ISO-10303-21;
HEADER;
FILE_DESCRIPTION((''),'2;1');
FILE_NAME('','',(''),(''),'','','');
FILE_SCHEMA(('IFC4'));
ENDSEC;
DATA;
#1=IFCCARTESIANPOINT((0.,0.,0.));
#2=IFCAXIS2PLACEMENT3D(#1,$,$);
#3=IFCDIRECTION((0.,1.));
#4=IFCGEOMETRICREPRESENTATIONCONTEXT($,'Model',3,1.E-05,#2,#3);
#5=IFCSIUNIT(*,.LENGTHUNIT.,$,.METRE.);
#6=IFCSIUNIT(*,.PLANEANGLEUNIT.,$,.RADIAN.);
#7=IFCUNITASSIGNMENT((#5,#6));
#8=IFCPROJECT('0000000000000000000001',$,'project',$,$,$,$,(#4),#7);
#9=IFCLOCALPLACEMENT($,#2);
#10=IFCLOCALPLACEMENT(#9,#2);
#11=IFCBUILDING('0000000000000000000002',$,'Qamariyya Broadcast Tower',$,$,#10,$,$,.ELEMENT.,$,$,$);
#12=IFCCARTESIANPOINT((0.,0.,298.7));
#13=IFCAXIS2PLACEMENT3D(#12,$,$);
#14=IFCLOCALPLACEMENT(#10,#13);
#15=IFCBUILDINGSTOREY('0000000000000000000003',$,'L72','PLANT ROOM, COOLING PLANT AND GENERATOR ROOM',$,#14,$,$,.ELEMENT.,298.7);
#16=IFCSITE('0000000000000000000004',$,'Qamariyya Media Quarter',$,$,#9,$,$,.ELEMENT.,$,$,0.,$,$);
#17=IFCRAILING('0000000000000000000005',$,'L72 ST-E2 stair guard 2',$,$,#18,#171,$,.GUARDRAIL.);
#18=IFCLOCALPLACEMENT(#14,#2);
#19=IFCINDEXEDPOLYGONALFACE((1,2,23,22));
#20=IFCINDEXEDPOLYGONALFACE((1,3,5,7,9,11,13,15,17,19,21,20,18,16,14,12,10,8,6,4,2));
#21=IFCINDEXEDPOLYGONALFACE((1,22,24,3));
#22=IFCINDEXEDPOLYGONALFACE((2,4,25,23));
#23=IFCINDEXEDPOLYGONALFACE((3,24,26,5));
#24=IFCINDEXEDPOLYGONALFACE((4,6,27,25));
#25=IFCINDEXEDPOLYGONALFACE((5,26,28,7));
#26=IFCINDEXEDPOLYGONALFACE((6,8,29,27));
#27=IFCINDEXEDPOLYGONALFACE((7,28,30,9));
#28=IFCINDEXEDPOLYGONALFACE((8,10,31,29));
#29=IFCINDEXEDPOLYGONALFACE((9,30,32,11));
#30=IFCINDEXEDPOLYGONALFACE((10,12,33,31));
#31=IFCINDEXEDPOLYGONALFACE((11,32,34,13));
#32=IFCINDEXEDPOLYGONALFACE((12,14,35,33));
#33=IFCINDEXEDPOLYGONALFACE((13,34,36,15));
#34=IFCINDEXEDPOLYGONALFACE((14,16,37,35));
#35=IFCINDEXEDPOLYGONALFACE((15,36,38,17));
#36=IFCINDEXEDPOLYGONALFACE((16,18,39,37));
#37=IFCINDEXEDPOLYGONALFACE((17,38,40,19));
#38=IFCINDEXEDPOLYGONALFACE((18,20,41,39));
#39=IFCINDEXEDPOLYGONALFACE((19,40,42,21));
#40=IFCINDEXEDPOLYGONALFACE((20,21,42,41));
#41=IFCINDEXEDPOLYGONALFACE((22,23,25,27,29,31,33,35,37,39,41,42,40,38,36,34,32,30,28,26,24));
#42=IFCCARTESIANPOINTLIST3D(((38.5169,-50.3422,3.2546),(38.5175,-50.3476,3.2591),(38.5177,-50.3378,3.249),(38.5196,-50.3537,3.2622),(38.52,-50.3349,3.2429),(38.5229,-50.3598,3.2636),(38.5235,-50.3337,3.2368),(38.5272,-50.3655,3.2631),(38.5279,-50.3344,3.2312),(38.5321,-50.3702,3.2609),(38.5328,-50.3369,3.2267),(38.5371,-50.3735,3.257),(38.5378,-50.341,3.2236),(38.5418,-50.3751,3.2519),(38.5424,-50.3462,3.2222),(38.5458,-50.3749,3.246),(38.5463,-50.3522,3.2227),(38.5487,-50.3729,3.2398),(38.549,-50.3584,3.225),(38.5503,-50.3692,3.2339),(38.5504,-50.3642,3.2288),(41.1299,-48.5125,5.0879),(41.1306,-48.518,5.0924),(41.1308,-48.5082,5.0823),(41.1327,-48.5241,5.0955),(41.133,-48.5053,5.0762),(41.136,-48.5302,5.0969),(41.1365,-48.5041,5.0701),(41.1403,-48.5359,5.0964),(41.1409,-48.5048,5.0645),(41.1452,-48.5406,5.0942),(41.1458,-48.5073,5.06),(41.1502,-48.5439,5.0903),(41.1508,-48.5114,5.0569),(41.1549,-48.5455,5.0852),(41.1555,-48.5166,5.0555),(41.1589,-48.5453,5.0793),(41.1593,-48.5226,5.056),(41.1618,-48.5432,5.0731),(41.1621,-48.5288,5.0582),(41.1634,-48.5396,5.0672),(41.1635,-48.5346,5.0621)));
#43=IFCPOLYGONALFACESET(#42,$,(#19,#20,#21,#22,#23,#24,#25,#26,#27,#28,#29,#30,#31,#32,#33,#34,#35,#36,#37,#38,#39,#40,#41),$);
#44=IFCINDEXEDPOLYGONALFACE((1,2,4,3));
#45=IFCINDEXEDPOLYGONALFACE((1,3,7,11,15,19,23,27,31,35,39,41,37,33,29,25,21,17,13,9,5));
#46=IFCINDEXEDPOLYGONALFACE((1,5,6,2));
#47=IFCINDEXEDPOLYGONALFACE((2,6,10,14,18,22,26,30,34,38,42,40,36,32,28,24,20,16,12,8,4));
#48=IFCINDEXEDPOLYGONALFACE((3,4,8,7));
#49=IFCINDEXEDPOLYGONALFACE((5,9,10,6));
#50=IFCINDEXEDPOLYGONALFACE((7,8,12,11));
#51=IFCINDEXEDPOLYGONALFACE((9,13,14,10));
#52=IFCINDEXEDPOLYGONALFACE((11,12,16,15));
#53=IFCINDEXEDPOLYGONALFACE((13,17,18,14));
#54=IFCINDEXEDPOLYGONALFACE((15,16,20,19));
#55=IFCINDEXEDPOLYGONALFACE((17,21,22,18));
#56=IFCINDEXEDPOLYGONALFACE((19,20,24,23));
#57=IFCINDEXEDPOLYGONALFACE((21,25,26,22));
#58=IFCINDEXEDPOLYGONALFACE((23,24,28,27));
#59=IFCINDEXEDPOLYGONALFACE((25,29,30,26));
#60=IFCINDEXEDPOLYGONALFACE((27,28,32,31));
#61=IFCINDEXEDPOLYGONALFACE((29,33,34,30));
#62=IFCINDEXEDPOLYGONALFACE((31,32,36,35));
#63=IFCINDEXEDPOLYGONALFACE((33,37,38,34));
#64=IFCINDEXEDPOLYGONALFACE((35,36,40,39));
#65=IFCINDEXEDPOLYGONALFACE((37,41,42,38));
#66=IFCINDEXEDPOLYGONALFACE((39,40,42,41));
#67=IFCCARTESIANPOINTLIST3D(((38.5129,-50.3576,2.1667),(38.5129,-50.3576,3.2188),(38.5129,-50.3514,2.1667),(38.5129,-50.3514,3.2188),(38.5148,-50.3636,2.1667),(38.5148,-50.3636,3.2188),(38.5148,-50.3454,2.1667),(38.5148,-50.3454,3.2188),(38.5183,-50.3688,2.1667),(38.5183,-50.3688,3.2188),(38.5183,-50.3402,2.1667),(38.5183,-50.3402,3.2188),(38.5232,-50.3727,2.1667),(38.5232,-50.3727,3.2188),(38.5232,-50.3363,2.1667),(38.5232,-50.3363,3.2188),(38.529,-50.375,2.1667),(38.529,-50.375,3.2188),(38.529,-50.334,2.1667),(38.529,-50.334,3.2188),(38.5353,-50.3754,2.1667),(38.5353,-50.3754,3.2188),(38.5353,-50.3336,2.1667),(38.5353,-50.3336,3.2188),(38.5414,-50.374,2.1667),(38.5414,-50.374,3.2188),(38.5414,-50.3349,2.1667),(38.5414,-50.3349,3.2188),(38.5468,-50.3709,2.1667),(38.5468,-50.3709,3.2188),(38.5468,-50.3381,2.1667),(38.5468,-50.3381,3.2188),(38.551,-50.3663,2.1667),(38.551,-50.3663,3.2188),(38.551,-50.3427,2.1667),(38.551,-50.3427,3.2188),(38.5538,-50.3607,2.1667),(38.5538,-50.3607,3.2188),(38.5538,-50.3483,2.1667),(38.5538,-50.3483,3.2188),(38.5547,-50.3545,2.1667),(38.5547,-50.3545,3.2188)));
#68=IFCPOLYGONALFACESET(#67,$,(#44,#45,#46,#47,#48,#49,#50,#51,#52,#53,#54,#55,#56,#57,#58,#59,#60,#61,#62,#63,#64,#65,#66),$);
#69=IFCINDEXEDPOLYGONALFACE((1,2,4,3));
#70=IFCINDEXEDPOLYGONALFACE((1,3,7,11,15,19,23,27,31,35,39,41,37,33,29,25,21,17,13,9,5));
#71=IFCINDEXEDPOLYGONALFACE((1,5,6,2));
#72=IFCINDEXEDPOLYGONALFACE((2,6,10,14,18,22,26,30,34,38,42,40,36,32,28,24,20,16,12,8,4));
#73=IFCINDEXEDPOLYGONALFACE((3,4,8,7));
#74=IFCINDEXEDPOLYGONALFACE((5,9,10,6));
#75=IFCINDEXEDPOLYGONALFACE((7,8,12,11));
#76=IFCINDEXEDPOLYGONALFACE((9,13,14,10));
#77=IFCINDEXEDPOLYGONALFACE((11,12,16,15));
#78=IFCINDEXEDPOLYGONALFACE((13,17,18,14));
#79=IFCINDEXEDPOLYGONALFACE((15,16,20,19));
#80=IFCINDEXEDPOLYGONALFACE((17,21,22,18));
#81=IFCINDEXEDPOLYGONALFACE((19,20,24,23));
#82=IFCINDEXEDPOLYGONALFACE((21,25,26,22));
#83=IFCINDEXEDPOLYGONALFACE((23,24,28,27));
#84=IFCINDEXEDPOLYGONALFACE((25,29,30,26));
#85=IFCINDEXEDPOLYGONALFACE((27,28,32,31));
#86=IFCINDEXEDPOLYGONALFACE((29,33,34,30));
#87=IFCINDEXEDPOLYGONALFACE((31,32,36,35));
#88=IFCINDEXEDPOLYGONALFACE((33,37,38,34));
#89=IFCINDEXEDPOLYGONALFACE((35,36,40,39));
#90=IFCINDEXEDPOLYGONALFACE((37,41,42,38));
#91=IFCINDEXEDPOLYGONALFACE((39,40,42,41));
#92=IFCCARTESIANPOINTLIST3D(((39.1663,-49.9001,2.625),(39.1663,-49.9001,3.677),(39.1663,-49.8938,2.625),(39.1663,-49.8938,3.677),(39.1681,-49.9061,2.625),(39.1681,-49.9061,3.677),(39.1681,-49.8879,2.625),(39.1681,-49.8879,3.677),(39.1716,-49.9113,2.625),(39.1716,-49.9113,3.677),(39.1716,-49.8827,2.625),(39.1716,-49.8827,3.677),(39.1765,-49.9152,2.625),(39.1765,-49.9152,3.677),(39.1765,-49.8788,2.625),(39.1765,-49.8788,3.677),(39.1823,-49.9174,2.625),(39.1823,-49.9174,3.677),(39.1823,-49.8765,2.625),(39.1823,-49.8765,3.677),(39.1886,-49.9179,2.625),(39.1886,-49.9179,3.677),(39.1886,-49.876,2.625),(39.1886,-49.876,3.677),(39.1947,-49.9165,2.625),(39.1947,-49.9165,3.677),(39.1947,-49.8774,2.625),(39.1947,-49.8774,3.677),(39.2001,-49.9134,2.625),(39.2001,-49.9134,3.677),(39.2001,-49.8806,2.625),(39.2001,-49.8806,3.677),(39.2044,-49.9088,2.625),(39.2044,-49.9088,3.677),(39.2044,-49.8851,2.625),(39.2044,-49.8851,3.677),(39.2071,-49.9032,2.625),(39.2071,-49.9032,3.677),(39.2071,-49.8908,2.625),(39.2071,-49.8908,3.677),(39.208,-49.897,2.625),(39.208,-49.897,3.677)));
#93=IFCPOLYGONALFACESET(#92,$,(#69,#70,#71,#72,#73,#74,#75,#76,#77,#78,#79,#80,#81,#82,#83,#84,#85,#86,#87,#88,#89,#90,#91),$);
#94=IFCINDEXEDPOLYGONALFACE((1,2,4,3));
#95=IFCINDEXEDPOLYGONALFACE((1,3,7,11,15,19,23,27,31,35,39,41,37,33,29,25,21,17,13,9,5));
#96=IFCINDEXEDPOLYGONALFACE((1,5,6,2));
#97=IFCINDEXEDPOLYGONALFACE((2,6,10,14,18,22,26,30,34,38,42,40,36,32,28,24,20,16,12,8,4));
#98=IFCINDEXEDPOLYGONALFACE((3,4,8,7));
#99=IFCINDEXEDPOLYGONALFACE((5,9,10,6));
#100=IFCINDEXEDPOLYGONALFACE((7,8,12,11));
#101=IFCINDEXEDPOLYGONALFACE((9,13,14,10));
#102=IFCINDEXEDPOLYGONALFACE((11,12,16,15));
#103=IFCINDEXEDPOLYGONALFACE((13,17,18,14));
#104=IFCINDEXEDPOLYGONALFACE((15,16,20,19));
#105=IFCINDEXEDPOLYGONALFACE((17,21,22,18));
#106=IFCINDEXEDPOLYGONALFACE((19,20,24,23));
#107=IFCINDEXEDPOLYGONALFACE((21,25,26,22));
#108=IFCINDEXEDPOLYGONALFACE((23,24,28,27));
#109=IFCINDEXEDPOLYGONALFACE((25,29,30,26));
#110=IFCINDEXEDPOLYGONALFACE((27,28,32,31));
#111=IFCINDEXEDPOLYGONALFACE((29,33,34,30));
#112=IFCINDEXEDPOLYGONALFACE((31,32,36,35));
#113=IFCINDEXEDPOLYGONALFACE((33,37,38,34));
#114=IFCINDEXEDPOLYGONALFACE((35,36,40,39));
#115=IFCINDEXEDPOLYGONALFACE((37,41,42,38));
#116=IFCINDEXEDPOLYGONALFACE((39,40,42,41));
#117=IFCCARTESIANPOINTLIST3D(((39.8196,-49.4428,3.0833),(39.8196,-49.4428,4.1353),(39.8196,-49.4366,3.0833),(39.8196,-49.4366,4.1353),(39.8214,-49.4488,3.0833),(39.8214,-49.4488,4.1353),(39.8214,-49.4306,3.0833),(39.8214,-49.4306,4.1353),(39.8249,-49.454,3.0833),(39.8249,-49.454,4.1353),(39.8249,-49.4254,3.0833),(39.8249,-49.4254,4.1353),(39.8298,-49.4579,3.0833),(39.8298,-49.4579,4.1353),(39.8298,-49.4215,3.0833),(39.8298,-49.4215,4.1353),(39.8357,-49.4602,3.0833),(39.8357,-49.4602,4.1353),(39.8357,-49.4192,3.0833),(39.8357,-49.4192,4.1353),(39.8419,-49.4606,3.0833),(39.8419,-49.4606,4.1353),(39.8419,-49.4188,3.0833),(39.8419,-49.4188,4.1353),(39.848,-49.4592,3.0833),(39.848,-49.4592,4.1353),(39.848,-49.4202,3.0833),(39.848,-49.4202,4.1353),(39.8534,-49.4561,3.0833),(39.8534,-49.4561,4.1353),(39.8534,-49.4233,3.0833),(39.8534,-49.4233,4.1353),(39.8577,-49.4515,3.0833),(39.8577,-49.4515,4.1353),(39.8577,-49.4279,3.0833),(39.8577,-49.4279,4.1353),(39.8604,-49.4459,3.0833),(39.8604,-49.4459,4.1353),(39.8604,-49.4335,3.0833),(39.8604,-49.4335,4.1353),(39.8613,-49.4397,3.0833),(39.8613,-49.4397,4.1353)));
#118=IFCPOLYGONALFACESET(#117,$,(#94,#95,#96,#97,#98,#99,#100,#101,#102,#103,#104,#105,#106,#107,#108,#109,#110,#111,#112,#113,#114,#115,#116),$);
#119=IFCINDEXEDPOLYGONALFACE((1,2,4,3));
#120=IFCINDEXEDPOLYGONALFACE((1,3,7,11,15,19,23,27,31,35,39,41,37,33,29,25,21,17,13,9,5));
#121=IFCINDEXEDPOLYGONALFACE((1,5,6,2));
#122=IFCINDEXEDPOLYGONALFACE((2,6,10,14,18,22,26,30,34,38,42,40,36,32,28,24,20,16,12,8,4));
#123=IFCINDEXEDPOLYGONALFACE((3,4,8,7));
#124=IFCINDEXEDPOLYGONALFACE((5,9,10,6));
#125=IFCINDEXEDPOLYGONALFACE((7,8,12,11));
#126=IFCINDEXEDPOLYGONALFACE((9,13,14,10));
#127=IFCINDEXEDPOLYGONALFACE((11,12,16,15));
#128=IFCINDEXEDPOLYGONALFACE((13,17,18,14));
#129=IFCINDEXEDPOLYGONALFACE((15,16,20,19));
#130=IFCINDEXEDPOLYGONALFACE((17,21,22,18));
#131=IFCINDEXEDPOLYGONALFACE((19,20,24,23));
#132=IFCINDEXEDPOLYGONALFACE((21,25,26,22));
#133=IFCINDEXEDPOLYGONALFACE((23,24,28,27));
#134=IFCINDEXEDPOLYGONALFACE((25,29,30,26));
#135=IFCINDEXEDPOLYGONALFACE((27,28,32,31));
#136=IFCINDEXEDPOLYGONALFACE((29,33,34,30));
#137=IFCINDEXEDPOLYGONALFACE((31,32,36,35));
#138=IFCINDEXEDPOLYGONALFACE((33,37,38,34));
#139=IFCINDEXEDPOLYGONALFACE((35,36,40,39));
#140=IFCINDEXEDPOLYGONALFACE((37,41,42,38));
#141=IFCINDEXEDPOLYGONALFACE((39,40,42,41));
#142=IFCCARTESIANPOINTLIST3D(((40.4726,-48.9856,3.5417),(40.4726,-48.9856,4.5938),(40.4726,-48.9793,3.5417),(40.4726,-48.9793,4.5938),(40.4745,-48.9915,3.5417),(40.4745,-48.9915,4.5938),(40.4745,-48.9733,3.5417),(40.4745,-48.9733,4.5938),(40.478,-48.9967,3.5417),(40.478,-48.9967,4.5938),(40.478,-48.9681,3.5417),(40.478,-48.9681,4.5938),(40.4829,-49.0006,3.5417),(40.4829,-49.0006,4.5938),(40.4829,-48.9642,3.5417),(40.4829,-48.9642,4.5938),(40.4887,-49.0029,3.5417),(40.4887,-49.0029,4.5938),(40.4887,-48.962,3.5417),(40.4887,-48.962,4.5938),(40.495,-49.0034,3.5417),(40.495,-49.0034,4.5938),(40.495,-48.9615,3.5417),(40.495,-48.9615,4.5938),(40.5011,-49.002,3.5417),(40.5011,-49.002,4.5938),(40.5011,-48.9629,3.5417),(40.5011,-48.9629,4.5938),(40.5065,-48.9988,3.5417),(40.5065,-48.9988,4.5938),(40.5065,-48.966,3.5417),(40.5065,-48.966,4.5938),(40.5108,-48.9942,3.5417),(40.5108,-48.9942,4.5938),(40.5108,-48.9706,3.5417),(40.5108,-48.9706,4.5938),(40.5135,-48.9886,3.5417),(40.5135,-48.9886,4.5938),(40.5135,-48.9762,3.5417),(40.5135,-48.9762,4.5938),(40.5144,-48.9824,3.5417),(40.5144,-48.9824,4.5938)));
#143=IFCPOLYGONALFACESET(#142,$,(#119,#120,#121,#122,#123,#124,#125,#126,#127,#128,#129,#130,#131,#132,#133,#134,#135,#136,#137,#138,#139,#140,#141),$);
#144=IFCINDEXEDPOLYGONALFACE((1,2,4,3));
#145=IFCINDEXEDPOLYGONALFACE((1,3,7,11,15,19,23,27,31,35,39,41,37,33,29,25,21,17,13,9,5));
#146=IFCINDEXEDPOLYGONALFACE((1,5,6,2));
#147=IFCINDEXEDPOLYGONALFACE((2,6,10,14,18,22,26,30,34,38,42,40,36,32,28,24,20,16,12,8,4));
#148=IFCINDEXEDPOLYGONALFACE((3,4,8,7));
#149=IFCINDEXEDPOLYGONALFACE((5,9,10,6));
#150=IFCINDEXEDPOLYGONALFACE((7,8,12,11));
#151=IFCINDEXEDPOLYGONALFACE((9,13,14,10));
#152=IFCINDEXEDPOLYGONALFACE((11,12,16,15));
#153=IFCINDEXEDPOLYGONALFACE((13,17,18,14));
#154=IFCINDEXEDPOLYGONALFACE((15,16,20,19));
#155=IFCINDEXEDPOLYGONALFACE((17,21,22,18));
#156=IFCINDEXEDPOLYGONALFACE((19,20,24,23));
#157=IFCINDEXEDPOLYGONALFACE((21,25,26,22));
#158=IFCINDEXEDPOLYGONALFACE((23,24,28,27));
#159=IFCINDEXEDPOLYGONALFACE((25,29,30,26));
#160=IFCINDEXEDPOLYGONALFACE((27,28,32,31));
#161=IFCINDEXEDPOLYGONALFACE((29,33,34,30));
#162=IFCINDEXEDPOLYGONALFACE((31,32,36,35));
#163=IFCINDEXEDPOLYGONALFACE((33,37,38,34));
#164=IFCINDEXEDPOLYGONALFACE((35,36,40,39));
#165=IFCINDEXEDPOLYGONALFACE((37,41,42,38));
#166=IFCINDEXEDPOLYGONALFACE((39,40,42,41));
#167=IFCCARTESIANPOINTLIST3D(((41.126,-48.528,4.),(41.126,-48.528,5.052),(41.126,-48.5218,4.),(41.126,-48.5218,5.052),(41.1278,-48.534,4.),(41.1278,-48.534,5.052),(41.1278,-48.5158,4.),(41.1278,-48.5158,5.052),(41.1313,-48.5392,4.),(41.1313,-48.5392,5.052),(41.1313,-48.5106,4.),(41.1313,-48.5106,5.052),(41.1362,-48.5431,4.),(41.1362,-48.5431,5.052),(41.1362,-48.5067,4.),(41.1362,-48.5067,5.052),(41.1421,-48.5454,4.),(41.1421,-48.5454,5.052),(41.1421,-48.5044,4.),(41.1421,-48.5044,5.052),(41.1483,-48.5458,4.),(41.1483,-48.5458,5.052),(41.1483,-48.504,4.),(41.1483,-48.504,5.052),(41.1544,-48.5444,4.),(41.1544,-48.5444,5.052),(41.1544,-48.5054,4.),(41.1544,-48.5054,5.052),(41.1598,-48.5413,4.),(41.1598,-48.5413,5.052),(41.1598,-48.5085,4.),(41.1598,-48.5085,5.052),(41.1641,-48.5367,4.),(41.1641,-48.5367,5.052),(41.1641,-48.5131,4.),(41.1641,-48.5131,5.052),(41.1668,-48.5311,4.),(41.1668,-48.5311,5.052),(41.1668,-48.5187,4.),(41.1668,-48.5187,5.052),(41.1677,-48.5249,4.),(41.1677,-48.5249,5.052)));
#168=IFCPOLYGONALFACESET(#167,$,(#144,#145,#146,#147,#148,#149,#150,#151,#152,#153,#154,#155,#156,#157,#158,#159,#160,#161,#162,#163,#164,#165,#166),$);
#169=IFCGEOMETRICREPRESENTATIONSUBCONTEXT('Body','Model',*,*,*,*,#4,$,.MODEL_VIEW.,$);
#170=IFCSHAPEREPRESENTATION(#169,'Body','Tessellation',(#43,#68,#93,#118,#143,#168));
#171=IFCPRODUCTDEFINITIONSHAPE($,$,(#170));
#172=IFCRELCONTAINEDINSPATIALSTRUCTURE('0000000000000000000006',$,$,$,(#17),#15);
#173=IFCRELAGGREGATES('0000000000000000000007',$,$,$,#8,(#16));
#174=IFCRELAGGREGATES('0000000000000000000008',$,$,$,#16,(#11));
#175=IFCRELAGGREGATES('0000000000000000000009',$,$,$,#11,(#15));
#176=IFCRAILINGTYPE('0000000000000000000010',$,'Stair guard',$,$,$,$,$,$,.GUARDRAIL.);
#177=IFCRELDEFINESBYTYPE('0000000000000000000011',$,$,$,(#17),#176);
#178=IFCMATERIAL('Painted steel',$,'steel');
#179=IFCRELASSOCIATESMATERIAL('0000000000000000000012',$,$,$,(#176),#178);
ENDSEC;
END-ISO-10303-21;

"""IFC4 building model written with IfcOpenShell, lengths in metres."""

from ifc_helpers import new_model, si_unit, direction, frame, origin, origin_2d, place, context, subcontext, project, spatial, circle, extrude, material, type_object, element, save


model = new_model("IFC4")

# Units and contexts
model_context = context("Model", 3, precision=1e-05, world=origin(), true_north=direction((0.0, 1.0)))
body_context = subcontext(model_context, "Body", "Model", "MODEL_VIEW")
ifc_project = project(units=[si_unit("LENGTHUNIT", "METRE"), si_unit("PLANEANGLEUNIT", "RADIAN")], contexts=[model_context])

# Site, building, storey
site_placement = place(None, origin())
site = spatial("IfcSite", under=ifc_project, at=site_placement, Name="Qamariyya Media Quarter", CompositionType="ELEMENT", RefElevation=0.0)
building_placement = place(site_placement, origin())
building = spatial("IfcBuilding", under=site, at=building_placement, Name="Qamariyya Broadcast Tower", CompositionType="ELEMENT")
storey_placement = place(building_placement, frame((0.0, 0.0, 298.7)))
storey = spatial("IfcBuildingStorey", under=building, at=storey_placement, Name="L72", Description="PLANT ROOM, COOLING PLANT AND GENERATOR ROOM", CompositionType="ELEMENT", Elevation=298.7)

# Railing
ifc_material_1 = material(Name="Painted steel", Category="steel")
railing_type = type_object("IfcRailingType", Name="Stair guard", PredefinedType="GUARDRAIL", material=ifc_material_1)
railing_placement = place(storey_placement, frame((38.5337, -50.3545, 2.1667)))
element("IfcRailing", 1, at=railing_placement, inside=storey, type_object=railing_type, Name="L72 ST-E2 stair guard 2", PredefinedType="GUARDRAIL", context=body_context, shape_type="SweptSolid", body=[
    extrude(circle(Radius=0.0239, at=origin_2d()), frame((0.0, 0.0, 1.0762), z_axis=(0.710228, 0.497285, 0.498281), x_axis=(-0.57356, 0.819164, 0.0)), (0.0, 0.0, 1.0), 3.6792),
    extrude(circle(Radius=0.021, at=origin_2d()), origin(), (0.0, 0.0, 1.0), 1.052),
    extrude(circle(Radius=0.021, at=origin_2d()), frame((0.6533, 0.4575, 0.4583)), (0.0, 0.0, 1.0), 1.052),
    extrude(circle(Radius=0.021, at=origin_2d()), frame((1.3066, 0.9148, 0.9165)), (0.0, 0.0, 1.0), 1.052),
    extrude(circle(Radius=0.021, at=origin_2d()), frame((1.9597, 1.3721, 1.375)), (0.0, 0.0, 1.0), 1.052),
    extrude(circle(Radius=0.021, at=origin_2d()), frame((2.613, 1.8296, 1.8333)), (0.0, 0.0, 1.0), 1.052),
])

save(model, "model.ifc")
